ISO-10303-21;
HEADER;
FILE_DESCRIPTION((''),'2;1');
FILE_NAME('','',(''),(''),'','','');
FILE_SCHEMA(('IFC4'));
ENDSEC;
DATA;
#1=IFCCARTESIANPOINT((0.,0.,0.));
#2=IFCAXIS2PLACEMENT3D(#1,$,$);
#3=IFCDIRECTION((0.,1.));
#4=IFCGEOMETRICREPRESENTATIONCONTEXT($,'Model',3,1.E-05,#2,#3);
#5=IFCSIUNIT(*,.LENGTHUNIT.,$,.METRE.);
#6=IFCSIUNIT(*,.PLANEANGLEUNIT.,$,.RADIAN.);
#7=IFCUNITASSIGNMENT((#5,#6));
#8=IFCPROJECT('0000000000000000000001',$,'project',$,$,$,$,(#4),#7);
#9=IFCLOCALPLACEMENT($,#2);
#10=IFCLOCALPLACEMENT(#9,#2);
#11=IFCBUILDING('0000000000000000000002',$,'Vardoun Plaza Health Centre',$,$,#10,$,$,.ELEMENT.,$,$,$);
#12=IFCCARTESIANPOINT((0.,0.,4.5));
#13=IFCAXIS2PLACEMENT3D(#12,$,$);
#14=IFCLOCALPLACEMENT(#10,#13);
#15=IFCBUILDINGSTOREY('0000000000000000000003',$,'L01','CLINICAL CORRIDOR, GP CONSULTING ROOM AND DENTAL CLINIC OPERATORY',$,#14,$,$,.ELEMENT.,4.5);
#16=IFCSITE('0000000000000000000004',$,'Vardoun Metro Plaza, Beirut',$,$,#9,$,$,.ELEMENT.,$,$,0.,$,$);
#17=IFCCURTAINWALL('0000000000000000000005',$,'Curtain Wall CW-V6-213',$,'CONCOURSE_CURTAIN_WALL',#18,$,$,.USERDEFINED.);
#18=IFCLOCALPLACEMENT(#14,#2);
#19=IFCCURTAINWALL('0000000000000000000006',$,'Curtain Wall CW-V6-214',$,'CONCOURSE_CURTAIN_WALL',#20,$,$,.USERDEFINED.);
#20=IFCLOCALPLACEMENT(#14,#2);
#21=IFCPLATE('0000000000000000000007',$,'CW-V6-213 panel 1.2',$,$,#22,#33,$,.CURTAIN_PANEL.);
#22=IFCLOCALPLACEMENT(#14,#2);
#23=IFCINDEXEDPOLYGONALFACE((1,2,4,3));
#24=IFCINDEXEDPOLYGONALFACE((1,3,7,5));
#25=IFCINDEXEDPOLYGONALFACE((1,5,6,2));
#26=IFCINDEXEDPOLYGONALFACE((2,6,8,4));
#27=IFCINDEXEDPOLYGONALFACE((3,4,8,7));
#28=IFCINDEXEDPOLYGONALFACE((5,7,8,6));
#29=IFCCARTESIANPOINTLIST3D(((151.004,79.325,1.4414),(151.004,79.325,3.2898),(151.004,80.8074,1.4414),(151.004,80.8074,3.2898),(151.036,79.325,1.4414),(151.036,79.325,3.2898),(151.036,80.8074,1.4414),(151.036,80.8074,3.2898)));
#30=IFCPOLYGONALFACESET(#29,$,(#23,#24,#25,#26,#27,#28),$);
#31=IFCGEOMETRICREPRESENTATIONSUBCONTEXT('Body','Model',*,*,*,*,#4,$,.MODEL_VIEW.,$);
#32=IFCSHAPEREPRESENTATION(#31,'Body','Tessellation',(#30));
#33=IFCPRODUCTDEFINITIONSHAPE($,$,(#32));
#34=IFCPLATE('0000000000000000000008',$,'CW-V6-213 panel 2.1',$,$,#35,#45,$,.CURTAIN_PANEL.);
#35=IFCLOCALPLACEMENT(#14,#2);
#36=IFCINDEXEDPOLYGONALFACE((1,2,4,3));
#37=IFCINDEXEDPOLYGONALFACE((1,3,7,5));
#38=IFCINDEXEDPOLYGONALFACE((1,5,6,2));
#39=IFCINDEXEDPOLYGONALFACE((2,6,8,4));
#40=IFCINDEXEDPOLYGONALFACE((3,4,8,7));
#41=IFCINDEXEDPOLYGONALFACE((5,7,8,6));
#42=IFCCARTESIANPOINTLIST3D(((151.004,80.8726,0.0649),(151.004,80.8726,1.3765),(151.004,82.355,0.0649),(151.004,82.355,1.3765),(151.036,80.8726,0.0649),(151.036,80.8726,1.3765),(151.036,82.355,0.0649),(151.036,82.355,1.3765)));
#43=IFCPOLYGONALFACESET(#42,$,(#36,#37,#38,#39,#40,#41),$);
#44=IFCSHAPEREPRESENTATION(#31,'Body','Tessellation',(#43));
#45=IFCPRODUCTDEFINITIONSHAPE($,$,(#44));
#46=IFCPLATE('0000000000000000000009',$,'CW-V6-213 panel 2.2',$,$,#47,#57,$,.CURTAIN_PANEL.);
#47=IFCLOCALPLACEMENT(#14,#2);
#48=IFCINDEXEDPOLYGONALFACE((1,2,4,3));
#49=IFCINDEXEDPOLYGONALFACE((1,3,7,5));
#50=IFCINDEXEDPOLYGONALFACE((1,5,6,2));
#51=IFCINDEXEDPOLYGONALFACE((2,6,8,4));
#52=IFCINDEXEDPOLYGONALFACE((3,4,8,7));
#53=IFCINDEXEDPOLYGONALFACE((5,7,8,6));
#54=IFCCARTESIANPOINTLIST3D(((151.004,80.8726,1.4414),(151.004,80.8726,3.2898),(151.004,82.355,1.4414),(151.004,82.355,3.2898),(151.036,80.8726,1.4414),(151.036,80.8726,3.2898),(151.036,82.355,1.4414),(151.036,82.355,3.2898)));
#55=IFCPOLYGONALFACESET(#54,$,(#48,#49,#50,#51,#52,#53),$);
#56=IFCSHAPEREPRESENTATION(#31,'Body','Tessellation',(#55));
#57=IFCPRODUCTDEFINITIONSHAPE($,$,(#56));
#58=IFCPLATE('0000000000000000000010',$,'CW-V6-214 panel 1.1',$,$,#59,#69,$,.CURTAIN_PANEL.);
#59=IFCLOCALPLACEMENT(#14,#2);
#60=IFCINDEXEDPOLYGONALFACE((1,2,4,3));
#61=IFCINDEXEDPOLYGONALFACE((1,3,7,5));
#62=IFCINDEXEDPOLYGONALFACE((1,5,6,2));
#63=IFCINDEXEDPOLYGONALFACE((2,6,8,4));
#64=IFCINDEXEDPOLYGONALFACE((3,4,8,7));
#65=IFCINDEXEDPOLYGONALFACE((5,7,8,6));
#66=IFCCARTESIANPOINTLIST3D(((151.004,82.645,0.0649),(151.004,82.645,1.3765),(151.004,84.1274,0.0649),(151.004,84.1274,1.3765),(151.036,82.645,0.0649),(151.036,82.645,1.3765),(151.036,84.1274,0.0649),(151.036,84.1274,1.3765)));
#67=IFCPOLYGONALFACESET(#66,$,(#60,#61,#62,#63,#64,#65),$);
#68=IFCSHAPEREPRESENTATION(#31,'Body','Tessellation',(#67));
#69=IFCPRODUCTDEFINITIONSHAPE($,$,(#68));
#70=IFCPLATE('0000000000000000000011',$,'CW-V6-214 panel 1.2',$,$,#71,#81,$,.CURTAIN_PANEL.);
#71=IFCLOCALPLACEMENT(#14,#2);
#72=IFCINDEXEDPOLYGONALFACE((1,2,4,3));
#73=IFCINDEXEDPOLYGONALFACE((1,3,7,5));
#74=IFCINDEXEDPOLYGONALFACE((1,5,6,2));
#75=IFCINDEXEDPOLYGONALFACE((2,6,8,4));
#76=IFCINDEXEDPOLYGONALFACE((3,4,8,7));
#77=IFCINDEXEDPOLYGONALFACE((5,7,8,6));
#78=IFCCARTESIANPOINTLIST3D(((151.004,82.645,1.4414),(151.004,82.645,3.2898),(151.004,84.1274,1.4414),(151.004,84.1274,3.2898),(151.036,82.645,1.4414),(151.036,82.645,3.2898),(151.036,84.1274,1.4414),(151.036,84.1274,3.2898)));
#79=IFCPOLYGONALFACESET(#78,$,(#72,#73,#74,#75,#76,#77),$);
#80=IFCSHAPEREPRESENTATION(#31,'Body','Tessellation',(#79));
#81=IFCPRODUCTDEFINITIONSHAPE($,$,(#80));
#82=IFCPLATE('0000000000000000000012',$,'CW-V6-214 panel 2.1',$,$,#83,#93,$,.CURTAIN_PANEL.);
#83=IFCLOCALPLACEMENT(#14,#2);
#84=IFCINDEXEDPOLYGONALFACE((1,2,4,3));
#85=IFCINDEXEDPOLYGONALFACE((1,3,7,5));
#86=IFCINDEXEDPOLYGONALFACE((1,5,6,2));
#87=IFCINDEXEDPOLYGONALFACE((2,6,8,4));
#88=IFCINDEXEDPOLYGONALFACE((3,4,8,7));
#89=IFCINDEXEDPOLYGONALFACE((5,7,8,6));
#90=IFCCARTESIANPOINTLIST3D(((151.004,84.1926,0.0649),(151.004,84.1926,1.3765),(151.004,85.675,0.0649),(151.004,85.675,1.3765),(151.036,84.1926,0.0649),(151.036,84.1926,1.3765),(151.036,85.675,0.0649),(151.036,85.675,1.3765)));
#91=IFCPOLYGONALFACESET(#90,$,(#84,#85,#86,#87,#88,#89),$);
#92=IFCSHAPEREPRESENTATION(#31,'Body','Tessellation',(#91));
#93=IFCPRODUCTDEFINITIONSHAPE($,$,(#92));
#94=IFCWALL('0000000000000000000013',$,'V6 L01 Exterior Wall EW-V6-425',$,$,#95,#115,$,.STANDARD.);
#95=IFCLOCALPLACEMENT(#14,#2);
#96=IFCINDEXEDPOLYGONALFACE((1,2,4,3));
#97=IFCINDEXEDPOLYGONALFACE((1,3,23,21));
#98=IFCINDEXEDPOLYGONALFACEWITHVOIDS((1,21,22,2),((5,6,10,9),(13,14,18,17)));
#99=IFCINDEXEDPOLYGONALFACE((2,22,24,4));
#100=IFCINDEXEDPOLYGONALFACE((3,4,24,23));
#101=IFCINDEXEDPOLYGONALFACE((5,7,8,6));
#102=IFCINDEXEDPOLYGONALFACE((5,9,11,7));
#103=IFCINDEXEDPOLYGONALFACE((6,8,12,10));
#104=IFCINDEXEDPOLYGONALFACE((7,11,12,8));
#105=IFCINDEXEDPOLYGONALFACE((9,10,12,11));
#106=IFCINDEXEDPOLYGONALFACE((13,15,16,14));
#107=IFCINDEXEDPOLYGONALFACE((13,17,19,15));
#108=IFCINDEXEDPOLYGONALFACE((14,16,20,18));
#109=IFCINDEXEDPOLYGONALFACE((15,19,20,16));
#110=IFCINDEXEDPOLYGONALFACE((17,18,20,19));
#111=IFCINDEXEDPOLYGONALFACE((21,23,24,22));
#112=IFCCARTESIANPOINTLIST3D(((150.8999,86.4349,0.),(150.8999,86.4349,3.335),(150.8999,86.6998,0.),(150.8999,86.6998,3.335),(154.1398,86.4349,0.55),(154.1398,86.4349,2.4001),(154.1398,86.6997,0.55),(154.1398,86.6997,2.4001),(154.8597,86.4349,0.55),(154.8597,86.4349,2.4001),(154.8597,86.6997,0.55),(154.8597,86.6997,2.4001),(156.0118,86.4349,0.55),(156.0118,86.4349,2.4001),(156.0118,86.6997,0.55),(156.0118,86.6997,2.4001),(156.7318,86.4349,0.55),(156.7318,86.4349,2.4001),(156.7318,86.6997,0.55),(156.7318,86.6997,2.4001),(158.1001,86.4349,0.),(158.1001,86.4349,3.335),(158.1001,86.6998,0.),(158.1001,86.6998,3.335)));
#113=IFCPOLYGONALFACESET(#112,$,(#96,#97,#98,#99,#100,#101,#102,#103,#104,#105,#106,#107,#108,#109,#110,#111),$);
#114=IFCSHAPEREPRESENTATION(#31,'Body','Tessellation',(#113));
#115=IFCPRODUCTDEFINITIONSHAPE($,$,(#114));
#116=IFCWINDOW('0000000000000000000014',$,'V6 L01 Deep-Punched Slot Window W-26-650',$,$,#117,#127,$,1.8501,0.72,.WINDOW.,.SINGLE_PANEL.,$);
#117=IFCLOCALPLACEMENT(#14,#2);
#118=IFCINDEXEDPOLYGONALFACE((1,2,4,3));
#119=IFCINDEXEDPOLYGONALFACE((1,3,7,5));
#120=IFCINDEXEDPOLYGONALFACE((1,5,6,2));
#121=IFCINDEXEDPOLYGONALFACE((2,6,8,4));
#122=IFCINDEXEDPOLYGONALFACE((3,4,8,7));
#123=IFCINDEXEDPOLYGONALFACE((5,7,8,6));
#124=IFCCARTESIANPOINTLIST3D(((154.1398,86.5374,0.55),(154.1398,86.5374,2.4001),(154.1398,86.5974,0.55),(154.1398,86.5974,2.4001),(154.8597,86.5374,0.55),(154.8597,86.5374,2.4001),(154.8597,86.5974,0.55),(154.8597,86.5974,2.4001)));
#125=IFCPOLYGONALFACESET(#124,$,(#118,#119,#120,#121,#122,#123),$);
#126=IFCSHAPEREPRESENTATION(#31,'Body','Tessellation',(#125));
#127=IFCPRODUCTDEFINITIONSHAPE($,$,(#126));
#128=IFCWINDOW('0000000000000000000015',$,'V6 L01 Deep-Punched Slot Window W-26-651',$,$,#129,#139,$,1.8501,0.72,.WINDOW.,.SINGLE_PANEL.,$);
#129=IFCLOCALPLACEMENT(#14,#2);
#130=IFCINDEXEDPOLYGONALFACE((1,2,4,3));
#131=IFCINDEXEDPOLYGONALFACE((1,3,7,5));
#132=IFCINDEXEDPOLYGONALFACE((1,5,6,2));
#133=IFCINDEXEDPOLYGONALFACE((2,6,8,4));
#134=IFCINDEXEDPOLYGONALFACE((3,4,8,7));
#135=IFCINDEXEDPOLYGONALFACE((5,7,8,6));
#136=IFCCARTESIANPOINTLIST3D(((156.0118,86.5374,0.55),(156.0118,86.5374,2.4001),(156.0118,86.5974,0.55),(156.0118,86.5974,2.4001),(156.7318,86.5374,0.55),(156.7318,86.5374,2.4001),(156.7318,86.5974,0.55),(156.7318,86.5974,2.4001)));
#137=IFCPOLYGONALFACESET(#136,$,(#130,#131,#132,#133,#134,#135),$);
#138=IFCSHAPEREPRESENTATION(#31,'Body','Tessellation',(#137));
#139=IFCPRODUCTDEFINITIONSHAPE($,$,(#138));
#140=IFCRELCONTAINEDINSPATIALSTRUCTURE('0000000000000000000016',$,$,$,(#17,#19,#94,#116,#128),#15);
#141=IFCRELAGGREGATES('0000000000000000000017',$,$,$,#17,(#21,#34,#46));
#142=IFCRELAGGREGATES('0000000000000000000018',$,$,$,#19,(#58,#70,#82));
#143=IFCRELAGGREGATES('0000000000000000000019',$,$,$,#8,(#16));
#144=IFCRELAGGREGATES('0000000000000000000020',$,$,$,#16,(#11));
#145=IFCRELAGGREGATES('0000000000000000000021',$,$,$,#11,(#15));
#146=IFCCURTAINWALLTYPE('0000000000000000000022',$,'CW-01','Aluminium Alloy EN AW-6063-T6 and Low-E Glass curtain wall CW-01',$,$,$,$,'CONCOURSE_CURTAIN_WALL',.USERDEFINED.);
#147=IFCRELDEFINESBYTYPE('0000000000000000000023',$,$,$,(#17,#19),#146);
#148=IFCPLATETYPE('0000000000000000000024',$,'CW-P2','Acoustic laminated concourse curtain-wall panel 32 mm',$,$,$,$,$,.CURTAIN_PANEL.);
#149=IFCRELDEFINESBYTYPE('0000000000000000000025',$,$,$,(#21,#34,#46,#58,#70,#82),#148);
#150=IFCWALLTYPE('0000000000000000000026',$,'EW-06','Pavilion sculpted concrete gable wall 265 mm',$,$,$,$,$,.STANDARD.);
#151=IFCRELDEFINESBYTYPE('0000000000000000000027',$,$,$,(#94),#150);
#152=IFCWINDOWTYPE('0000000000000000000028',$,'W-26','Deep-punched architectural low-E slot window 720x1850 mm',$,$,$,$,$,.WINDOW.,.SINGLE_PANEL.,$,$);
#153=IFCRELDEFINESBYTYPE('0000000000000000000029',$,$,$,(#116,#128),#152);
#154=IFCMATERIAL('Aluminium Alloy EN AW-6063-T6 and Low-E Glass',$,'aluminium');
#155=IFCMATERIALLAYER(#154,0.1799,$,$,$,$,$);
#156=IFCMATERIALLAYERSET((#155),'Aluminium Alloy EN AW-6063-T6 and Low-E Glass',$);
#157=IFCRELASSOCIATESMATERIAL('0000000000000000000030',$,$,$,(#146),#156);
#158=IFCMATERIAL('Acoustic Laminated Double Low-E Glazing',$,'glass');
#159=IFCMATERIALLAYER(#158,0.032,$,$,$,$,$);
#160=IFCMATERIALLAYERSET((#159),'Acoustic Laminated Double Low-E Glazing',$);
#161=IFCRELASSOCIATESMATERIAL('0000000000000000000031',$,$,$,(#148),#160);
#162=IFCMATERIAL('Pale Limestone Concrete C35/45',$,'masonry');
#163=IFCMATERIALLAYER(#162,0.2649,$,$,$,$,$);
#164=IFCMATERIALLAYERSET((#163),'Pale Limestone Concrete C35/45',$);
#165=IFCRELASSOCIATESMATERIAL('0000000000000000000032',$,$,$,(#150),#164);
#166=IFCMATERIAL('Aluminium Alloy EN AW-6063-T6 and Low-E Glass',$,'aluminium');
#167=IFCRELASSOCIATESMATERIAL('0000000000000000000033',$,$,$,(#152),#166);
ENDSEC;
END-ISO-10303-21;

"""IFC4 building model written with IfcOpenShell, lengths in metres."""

from ifc_helpers import new_model, si_unit, direction, frame, frame_2d, origin, origin_2d, place, context, subcontext, project, spatial, rectangle, extrude, material, layer, layer_set, type_object, element, fill, aggregate, save


model = new_model("IFC4")

# Units and contexts
model_context = context("Model", 3, precision=1e-05, world=origin(), true_north=direction((0.0, 1.0)))
body_context = subcontext(model_context, "Body", "Model", "MODEL_VIEW")
ifc_project = project(units=[si_unit("LENGTHUNIT", "METRE"), si_unit("PLANEANGLEUNIT", "RADIAN")], contexts=[model_context])

# Site, building, storey
site_placement = place(None, origin())
site = spatial("IfcSite", under=ifc_project, at=site_placement, Name="Vardoun Metro Plaza, Beirut", CompositionType="ELEMENT", RefElevation=0.0)
building_placement = place(site_placement, origin())
building = spatial("IfcBuilding", under=site, at=building_placement, Name="Vardoun Plaza Health Centre", CompositionType="ELEMENT")
storey_placement = place(building_placement, frame((0.0, 0.0, 4.5)))
storey = spatial("IfcBuildingStorey", under=building, at=storey_placement, Name="L01", Description="CLINICAL CORRIDOR, GP CONSULTING ROOM AND DENTAL CLINIC OPERATORY", CompositionType="ELEMENT", Elevation=4.5)

# Curtain walls
ifc_material_1 = material(Name="Aluminium Alloy EN AW-6063-T6 and Low-E Glass", Category="aluminium")
ifc_layer_1 = layer(ifc_material_1, 0.1799)
ifc_layer_set_1 = layer_set([ifc_layer_1], Name="Aluminium Alloy EN AW-6063-T6 and Low-E Glass")
curtain_wall_type = type_object("IfcCurtainWallType", Name="CW-01", Description="Aluminium Alloy EN AW-6063-T6 and Low-E Glass curtain wall CW-01", ElementType="CONCOURSE_CURTAIN_WALL", PredefinedType="USERDEFINED", material=ifc_layer_set_1)
curtain_wall_1_placement = place(storey_placement, origin())
curtain_wall_1 = element("IfcCurtainWall", 1, at=curtain_wall_1_placement, inside=storey, type_object=curtain_wall_type, Name="Curtain Wall CW-V6-213", ObjectType="CONCOURSE_CURTAIN_WALL", PredefinedType="USERDEFINED")
curtain_wall_2_placement = place(storey_placement, origin())
curtain_wall_2 = element("IfcCurtainWall", 2, at=curtain_wall_2_placement, inside=storey, type_object=curtain_wall_type, Name="Curtain Wall CW-V6-214", ObjectType="CONCOURSE_CURTAIN_WALL", PredefinedType="USERDEFINED")

# Plates
ifc_material_2 = material(Name="Acoustic Laminated Double Low-E Glazing", Category="glass")
ifc_layer_2 = layer(ifc_material_2, 0.032)
ifc_layer_set_2 = layer_set([ifc_layer_2], Name="Acoustic Laminated Double Low-E Glazing")
plate_type = type_object("IfcPlateType", Name="CW-P2", Description="Acoustic laminated concourse curtain-wall panel 32 mm", PredefinedType="CURTAIN_PANEL", material=ifc_layer_set_2)
plate_1_placement = place(storey_placement, frame((151.02, 80.0662, 1.4414), z_axis=(0.0, 0.0, 1.0), x_axis=(0.0, 1.0, 0.0)))
plate_1 = element("IfcPlate", 3, at=plate_1_placement, type_object=plate_type, Name="CW-V6-213 panel 1.2", PredefinedType="CURTAIN_PANEL", context=body_context, shape_type="SweptSolid", body=[
    extrude(rectangle(XDim=1.4824, YDim=0.032, at=origin_2d()), origin(), (0.0, 0.0, 1.0), 1.8484),
])
plate_2_placement = place(storey_placement, frame((151.02, 81.6138, 0.0649), z_axis=(0.0, 0.0, 1.0), x_axis=(0.0, 1.0, 0.0)))
plate_2 = element("IfcPlate", 4, at=plate_2_placement, type_object=plate_type, Name="CW-V6-213 panel 2.1", PredefinedType="CURTAIN_PANEL", context=body_context, shape_type="SweptSolid", body=[
    extrude(rectangle(XDim=1.4824, YDim=0.032, at=origin_2d()), origin(), (0.0, 0.0, 1.0), 1.3115),
])
plate_3_placement = place(storey_placement, frame((151.02, 81.6138, 1.4414), z_axis=(0.0, 0.0, 1.0), x_axis=(0.0, 1.0, 0.0)))
plate_3 = element("IfcPlate", 5, at=plate_3_placement, type_object=plate_type, Name="CW-V6-213 panel 2.2", PredefinedType="CURTAIN_PANEL", context=body_context, shape_type="SweptSolid", body=[
    extrude(rectangle(XDim=1.4824, YDim=0.032, at=origin_2d()), origin(), (0.0, 0.0, 1.0), 1.8484),
])
aggregate(curtain_wall_1, [plate_1, plate_2, plate_3])
plate_4_placement = place(storey_placement, frame((151.02, 83.3862, 0.0649), z_axis=(0.0, 0.0, 1.0), x_axis=(0.0, 1.0, 0.0)))
plate_4 = element("IfcPlate", 6, at=plate_4_placement, type_object=plate_type, Name="CW-V6-214 panel 1.1", PredefinedType="CURTAIN_PANEL", context=body_context, shape_type="SweptSolid", body=[
    extrude(rectangle(XDim=1.4824, YDim=0.032, at=origin_2d()), origin(), (0.0, 0.0, 1.0), 1.3115),
])
plate_5_placement = place(storey_placement, frame((151.02, 83.3862, 1.4414), z_axis=(0.0, 0.0, 1.0), x_axis=(0.0, 1.0, 0.0)))
plate_5 = element("IfcPlate", 7, at=plate_5_placement, type_object=plate_type, Name="CW-V6-214 panel 1.2", PredefinedType="CURTAIN_PANEL", context=body_context, shape_type="SweptSolid", body=[
    extrude(rectangle(XDim=1.4824, YDim=0.032, at=origin_2d()), origin(), (0.0, 0.0, 1.0), 1.8484),
])
plate_6_placement = place(storey_placement, frame((151.02, 84.9338, 0.0649), z_axis=(0.0, 0.0, 1.0), x_axis=(0.0, 1.0, 0.0)))
plate_6 = element("IfcPlate", 8, at=plate_6_placement, type_object=plate_type, Name="CW-V6-214 panel 2.1", PredefinedType="CURTAIN_PANEL", context=body_context, shape_type="SweptSolid", body=[
    extrude(rectangle(XDim=1.4824, YDim=0.032, at=origin_2d()), origin(), (0.0, 0.0, 1.0), 1.3115),
])
aggregate(curtain_wall_2, [plate_4, plate_5, plate_6])

# Wall, openings, windows
ifc_material_3 = material(Name="Pale Limestone Concrete C35/45", Category="masonry")
ifc_layer_3 = layer(ifc_material_3, 0.2649)
ifc_layer_set_3 = layer_set([ifc_layer_3], Name="Pale Limestone Concrete C35/45")
wall_type = type_object("IfcWallType", Name="EW-06", Description="Pavilion sculpted concrete gable wall 265 mm", PredefinedType="STANDARD", material=ifc_layer_set_3)
wall_placement = place(storey_placement, frame((150.8999, 86.5674, 0.0), z_axis=(0.0, 0.0, 1.0), x_axis=(1.0, 0.0, 0.0)))
wall = element("IfcWall", 9, at=wall_placement, inside=storey, type_object=wall_type, Name="V6 L01 Exterior Wall EW-V6-425", PredefinedType="STANDARD", context=body_context, shape_type="SweptSolid", body=[
    extrude(rectangle(XDim=7.2002, YDim=0.2649, at=frame_2d((3.6001, 0.0))), origin(), (0.0, 0.0, 1.0), 3.335),
])
opening_1_placement = place(wall_placement, frame((3.24, 0.0, 0.55)))
opening_1 = element("IfcOpeningElement", 10, at=opening_1_placement, cuts=wall, PredefinedType="OPENING", context=body_context, shape_type="SweptSolid", body=[
    extrude(rectangle(XDim=0.72, YDim=1.8501, at=frame_2d((0.3599, 0.925))), frame((0.0, 0.1323, 0.0), z_axis=(0.0, -1.0, 0.0), x_axis=(1.0, 0.0, 0.0)), (0.0, 0.0, 1.0), 0.2649),
])
opening_2_placement = place(wall_placement, frame((5.1121, 0.0, 0.55)))
opening_2 = element("IfcOpeningElement", 11, at=opening_2_placement, cuts=wall, PredefinedType="OPENING", context=body_context, shape_type="SweptSolid", body=[
    extrude(rectangle(XDim=0.72, YDim=1.8501, at=frame_2d((0.3599, 0.925))), frame((0.0, 0.1323, 0.0), z_axis=(0.0, -1.0, 0.0), x_axis=(1.0, 0.0, 0.0)), (0.0, 0.0, 1.0), 0.2649),
])
ifc_material_4 = material(Name="Aluminium Alloy EN AW-6063-T6 and Low-E Glass", Category="aluminium")
window_type = type_object("IfcWindowType", Name="W-26", Description="Deep-punched architectural low-E slot window 720x1850 mm", PartitioningType="SINGLE_PANEL", PredefinedType="WINDOW", material=ifc_material_4)
window_1_placement = place(opening_1_placement, origin())
window_1 = element("IfcWindow", 12, at=window_1_placement, inside=storey, type_object=window_type, Name="V6 L01 Deep-Punched Slot Window W-26-650", OverallHeight=1.8501, OverallWidth=0.72, PartitioningType="SINGLE_PANEL", PredefinedType="WINDOW", context=body_context, shape_type="SweptSolid", body=[
    extrude(rectangle(XDim=0.72, YDim=1.8501, at=frame_2d((0.3599, 0.925))), frame((0.0, 0.03, 0.0), z_axis=(0.0, -1.0, 0.0), x_axis=(1.0, 0.0, 0.0)), (0.0, 0.0, 1.0), 0.0601),
])
fill(opening_1, window_1)
window_2_placement = place(opening_2_placement, origin())
window_2 = element("IfcWindow", 13, at=window_2_placement, inside=storey, type_object=window_type, Name="V6 L01 Deep-Punched Slot Window W-26-651", OverallHeight=1.8501, OverallWidth=0.72, PartitioningType="SINGLE_PANEL", PredefinedType="WINDOW", context=body_context, shape_type="SweptSolid", body=[
    extrude(rectangle(XDim=0.72, YDim=1.8501, at=frame_2d((0.3599, 0.925))), frame((0.0, 0.03, 0.0), z_axis=(0.0, -1.0, 0.0), x_axis=(1.0, 0.0, 0.0)), (0.0, 0.0, 1.0), 0.0601),
])
fill(opening_2, window_2)

save(model, "model.ifc")
